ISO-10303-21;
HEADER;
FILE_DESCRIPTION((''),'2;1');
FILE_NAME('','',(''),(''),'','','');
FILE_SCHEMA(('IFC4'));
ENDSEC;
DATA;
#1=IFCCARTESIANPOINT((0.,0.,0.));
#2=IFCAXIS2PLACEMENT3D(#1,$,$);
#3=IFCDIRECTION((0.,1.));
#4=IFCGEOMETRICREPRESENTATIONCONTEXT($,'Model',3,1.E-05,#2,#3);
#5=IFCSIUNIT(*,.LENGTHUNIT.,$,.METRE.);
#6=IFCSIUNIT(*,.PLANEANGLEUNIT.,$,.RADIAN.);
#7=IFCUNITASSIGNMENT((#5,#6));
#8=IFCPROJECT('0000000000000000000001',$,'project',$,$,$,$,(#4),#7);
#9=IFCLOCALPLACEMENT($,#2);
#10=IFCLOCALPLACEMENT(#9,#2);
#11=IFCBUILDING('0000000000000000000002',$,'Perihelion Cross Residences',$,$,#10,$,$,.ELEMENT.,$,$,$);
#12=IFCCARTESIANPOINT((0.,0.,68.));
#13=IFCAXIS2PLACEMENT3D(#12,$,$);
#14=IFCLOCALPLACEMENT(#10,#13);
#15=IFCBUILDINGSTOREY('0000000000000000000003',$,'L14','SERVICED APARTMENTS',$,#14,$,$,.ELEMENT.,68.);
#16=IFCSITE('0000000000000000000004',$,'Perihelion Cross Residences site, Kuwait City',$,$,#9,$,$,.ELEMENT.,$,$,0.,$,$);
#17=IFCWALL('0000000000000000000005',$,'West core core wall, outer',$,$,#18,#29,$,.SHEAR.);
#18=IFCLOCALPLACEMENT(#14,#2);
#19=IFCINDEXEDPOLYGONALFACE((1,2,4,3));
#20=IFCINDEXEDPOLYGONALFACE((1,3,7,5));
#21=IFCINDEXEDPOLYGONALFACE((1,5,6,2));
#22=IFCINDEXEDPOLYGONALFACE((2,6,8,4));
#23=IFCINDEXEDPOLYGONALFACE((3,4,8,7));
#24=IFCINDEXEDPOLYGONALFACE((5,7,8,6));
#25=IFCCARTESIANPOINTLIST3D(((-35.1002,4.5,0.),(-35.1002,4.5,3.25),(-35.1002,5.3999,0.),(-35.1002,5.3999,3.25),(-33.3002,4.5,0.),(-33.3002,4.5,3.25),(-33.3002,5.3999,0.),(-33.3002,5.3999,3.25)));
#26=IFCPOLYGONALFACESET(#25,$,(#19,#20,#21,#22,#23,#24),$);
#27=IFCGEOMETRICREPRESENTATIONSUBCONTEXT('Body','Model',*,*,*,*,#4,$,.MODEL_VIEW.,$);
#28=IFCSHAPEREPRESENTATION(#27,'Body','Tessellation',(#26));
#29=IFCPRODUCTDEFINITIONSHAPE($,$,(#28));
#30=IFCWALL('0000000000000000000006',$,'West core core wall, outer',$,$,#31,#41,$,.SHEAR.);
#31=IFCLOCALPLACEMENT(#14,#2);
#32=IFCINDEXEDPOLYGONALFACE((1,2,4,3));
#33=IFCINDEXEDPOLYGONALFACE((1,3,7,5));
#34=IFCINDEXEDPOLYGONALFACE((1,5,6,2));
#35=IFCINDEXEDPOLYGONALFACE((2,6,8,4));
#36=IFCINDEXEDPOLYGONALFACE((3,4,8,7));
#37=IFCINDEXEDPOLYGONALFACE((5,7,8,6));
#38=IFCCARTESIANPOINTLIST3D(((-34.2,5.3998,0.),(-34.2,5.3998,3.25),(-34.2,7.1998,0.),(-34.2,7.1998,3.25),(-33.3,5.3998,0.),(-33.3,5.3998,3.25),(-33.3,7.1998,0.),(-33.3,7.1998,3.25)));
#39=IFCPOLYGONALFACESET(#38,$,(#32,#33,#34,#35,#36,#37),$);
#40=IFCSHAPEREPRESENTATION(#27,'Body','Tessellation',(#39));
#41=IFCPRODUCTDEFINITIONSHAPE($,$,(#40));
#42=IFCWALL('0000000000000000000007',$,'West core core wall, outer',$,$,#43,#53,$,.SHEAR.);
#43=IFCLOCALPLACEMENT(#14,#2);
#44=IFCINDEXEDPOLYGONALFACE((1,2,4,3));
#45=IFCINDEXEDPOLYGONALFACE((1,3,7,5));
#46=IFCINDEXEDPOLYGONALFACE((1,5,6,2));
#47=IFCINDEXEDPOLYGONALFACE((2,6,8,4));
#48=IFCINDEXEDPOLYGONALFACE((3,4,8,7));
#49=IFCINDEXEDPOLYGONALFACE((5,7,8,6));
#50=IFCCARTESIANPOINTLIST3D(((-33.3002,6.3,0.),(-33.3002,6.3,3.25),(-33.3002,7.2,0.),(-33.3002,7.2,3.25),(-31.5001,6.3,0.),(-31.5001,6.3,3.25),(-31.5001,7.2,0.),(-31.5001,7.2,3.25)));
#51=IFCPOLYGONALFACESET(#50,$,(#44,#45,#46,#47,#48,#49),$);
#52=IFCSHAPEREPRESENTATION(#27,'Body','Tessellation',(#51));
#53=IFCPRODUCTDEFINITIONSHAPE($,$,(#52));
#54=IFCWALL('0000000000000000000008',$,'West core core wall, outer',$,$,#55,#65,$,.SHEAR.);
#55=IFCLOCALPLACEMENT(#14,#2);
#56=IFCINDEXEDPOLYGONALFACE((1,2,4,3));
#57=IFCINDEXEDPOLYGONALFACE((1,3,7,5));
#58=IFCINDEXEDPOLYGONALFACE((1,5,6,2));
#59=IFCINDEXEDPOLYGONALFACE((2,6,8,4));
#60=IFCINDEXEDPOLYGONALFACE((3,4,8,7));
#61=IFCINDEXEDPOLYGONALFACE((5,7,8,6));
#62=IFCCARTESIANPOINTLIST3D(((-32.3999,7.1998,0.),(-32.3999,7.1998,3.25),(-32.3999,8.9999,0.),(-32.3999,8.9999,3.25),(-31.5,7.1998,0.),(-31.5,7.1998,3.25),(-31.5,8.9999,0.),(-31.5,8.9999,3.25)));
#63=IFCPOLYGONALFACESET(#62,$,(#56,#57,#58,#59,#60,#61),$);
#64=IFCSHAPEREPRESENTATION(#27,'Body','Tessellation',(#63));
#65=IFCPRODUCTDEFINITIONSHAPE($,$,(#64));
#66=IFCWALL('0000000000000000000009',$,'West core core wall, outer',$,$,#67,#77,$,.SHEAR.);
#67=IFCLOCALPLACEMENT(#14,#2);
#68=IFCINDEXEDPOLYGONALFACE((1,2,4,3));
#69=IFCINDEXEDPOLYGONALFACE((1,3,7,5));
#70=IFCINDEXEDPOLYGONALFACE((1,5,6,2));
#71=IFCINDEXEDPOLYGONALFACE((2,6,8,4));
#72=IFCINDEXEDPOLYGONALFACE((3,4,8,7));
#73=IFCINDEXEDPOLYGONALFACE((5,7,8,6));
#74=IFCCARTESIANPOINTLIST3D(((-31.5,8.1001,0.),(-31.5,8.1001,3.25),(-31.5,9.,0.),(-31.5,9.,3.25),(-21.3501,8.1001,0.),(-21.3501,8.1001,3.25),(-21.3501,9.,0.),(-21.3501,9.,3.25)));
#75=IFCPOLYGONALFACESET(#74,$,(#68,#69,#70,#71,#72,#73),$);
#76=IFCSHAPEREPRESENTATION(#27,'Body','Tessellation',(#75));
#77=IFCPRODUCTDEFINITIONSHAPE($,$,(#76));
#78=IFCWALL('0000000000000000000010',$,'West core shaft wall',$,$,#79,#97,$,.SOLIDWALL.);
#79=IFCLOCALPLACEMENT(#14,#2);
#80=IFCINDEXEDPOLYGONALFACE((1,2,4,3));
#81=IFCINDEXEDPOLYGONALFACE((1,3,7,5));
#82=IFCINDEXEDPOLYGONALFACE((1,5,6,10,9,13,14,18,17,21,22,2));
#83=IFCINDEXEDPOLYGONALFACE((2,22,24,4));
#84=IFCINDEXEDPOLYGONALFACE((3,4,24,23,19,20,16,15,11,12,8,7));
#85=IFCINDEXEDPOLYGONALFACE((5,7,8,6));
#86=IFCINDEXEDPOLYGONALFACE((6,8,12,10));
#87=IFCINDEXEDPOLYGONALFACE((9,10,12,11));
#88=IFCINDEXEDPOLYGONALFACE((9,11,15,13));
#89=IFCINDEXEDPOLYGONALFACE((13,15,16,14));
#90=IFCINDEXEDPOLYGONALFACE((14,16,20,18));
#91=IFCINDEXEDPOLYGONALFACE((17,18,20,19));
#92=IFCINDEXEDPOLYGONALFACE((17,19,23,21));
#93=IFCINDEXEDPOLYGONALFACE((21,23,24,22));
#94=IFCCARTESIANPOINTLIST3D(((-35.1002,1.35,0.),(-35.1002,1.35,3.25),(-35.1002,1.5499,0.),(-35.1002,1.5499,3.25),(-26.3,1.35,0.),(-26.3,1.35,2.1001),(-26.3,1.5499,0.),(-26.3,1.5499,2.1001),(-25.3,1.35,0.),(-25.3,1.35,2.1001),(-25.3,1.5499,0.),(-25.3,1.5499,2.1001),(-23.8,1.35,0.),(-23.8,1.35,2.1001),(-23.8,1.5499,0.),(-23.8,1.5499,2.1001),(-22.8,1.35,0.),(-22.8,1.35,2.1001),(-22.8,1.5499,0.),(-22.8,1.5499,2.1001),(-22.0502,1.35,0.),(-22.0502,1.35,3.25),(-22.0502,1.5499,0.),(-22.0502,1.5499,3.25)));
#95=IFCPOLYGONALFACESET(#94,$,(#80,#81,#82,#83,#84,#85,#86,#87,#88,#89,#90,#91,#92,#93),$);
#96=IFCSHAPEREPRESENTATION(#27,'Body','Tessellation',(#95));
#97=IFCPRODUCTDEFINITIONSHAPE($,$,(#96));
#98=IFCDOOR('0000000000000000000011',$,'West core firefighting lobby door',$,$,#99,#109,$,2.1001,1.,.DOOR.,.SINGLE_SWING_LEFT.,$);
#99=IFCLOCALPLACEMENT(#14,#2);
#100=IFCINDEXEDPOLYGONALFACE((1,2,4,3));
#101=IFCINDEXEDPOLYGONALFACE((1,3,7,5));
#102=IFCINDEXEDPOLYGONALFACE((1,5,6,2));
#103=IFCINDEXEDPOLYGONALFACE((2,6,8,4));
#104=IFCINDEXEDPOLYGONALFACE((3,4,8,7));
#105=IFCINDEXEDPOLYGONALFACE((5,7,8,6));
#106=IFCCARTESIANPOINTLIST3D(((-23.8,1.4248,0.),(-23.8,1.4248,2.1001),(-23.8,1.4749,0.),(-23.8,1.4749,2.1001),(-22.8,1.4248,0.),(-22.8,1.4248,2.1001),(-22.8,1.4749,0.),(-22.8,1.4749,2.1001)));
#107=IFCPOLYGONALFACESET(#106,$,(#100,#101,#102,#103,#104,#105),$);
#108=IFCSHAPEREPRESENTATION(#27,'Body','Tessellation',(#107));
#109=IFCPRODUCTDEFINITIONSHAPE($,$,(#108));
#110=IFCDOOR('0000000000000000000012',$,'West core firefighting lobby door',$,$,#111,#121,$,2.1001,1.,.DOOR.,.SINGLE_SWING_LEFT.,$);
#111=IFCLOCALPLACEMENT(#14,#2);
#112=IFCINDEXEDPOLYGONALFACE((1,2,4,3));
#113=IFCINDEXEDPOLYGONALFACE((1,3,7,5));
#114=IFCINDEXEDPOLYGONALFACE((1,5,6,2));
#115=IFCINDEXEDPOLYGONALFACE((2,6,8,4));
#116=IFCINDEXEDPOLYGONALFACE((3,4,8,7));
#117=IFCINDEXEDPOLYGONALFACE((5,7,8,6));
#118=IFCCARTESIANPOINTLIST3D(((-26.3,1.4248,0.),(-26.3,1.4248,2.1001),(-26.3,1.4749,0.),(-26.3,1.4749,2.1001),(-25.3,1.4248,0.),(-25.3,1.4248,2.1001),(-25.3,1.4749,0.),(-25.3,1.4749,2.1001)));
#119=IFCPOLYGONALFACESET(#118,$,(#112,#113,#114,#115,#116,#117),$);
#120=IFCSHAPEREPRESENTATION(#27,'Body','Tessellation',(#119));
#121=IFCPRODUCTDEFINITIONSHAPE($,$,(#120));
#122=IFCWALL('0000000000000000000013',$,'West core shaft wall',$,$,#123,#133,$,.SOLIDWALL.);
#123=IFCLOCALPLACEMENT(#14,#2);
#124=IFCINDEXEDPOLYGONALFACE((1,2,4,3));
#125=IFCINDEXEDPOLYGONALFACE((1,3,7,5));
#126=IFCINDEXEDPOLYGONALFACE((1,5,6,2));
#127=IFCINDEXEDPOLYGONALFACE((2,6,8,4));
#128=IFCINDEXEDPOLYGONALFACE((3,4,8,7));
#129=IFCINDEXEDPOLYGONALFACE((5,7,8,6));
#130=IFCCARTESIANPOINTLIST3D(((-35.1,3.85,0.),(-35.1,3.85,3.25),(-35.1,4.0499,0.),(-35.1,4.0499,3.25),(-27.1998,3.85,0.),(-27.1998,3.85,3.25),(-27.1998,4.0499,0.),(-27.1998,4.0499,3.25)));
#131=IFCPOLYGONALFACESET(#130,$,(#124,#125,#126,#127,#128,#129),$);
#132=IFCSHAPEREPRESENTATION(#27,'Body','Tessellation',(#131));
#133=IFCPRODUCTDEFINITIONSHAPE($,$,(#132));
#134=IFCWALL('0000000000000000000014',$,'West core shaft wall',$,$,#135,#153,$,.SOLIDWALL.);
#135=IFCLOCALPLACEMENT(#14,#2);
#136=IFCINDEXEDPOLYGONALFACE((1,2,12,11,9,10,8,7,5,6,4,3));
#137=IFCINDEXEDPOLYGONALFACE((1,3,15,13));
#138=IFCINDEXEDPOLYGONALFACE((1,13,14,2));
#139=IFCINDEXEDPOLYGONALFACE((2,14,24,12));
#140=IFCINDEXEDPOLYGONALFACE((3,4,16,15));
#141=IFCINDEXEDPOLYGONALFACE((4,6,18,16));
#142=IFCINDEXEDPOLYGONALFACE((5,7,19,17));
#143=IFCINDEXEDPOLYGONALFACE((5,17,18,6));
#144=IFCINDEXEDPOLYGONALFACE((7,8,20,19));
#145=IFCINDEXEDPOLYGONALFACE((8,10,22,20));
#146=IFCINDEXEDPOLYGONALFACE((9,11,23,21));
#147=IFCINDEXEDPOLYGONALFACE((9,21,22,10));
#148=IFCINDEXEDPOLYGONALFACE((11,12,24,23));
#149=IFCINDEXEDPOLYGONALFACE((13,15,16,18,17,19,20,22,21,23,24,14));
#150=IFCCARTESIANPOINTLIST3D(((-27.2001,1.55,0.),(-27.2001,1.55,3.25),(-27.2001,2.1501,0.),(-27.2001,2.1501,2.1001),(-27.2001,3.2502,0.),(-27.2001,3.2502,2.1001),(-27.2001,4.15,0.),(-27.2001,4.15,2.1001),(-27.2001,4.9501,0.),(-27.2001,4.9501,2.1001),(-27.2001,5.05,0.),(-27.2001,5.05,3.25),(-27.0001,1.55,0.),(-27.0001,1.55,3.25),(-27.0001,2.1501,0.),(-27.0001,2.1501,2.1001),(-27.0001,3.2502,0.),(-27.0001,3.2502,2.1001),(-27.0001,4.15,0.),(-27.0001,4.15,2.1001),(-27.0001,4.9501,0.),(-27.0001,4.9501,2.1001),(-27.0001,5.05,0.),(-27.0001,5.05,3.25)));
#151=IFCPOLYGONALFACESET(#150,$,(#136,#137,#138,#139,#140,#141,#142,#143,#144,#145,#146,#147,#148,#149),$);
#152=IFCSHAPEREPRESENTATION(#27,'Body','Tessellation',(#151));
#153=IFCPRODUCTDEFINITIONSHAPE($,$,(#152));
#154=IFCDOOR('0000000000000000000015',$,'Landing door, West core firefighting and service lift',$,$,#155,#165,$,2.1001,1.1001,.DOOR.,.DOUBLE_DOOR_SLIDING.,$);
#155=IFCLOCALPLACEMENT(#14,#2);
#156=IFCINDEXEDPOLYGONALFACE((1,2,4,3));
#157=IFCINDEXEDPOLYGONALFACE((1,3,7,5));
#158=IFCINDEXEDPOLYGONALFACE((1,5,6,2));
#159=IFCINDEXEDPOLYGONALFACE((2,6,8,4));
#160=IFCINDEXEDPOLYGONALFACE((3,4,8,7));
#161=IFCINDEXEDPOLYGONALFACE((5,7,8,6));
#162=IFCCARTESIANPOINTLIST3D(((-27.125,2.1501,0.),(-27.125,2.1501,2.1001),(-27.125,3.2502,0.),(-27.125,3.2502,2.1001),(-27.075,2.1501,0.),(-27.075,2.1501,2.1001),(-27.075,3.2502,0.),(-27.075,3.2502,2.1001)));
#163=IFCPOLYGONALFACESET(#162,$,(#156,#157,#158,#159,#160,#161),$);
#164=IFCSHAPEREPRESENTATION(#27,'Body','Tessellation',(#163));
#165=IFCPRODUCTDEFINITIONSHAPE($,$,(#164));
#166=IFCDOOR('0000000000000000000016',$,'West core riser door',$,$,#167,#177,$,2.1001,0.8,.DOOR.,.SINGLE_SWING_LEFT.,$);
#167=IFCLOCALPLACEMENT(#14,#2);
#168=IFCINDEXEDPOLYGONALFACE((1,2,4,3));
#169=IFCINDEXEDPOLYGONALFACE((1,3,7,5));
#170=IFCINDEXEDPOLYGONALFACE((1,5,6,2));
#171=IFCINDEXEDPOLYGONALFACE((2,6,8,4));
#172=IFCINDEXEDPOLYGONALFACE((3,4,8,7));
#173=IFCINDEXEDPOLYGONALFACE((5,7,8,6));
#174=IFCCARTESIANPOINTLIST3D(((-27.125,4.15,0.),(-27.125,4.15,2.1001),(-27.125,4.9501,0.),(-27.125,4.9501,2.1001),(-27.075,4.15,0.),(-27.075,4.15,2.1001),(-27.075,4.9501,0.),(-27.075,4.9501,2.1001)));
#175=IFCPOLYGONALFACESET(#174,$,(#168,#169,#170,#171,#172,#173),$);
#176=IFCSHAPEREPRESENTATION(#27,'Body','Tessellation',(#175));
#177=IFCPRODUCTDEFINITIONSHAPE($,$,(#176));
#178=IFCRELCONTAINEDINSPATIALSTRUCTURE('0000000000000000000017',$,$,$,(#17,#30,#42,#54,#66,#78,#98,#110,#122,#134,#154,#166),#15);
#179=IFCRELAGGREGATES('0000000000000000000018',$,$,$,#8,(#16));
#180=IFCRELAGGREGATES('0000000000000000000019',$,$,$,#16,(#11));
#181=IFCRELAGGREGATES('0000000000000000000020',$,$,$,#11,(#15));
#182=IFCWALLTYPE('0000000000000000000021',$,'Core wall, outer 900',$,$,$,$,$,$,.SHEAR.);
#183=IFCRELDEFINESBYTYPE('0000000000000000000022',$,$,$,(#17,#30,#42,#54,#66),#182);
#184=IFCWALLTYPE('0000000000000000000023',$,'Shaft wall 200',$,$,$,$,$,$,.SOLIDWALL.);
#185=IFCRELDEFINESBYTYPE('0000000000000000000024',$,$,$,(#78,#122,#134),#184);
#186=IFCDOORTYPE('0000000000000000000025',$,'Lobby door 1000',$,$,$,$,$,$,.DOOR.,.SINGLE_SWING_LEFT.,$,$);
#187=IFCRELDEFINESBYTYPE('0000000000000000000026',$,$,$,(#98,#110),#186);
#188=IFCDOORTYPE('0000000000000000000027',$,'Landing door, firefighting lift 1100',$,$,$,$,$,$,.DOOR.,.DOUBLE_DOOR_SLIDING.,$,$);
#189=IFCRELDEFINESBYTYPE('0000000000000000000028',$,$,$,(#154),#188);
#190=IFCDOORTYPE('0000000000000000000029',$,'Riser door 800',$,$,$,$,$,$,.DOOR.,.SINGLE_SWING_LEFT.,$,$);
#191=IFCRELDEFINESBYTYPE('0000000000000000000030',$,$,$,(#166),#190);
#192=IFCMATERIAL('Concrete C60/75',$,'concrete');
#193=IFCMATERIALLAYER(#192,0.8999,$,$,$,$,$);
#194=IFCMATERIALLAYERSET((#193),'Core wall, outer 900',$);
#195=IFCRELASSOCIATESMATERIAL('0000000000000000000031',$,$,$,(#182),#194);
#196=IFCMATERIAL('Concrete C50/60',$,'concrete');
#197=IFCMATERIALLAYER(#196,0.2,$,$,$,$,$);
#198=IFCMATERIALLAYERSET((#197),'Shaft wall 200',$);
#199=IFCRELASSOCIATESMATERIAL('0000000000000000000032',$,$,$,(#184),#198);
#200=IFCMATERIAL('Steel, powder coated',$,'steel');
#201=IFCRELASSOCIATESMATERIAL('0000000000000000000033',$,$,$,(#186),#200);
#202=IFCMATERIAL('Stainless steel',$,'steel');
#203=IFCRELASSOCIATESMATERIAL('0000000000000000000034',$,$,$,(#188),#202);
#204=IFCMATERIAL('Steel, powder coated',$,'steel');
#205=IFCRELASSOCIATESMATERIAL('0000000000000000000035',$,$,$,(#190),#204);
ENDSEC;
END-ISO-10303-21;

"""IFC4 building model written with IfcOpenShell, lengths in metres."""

from ifc_helpers import new_model, si_unit, direction, frame, frame_2d, origin, place, context, subcontext, project, spatial, rectangle, extrude, material, layer, layer_set, type_object, element, fill, save


model = new_model("IFC4")

# Units and contexts
model_context = context("Model", 3, precision=1e-05, world=origin(), true_north=direction((0.0, 1.0)))
body_context = subcontext(model_context, "Body", "Model", "MODEL_VIEW")
ifc_project = project(units=[si_unit("LENGTHUNIT", "METRE"), si_unit("PLANEANGLEUNIT", "RADIAN")], contexts=[model_context])

# Site, building, storey
site_placement = place(None, origin())
site = spatial("IfcSite", under=ifc_project, at=site_placement, Name="Perihelion Cross Residences site, Kuwait City", CompositionType="ELEMENT", RefElevation=0.0)
building_placement = place(site_placement, origin())
building = spatial("IfcBuilding", under=site, at=building_placement, Name="Perihelion Cross Residences", CompositionType="ELEMENT")
storey_placement = place(building_placement, frame((0.0, 0.0, 68.0)))
storey = spatial("IfcBuildingStorey", under=building, at=storey_placement, Name="L14", Description="SERVICED APARTMENTS", CompositionType="ELEMENT", Elevation=68.0)

# Walls
ifc_material_1 = material(Name="Concrete C60/75", Category="concrete")
ifc_layer_1 = layer(ifc_material_1, 0.8999)
ifc_layer_set_1 = layer_set([ifc_layer_1], Name="Core wall, outer 900")
wall_type_1 = type_object("IfcWallType", Name="Core wall, outer 900", PredefinedType="SHEAR", material=ifc_layer_set_1)
for number, where, z_axis, x_axis, name in (
    (1, (-35.1001, 4.95, 0.0), (0.0, 0.0, 1.0), (1.0, 0.0, 0.0), "West core core wall, outer"),
    (2, (-33.75, 5.3999, 0.0), (0.0, 0.0, 1.0), (0.0, 1.0, 0.0), "West core core wall, outer"),
    (3, (-33.3, 6.75, 0.0), (0.0, 0.0, 1.0), (1.0, 0.0, 0.0), "West core core wall, outer"),
    (4, (-31.95, 7.2, 0.0), (0.0, 0.0, 1.0), (0.0, 1.0, 0.0), "West core core wall, outer"),
):
    element("IfcWall", number, at=place(storey_placement, frame(where, z_axis=z_axis, x_axis=x_axis)), inside=storey, type_object=wall_type_1, Name=name, PredefinedType="SHEAR", context=body_context, shape_type="SweptSolid", body=[
        extrude(rectangle(XDim=1.8, YDim=0.8999, at=frame_2d((0.8999, 0.0))), origin(), (0.0, 0.0, 1.0), 3.25),
    ])
wall_1_placement = place(storey_placement, frame((-31.5, 8.55, 0.0), z_axis=(0.0, 0.0, 1.0), x_axis=(1.0, 0.0, 0.0)))
element("IfcWall", 5, at=wall_1_placement, inside=storey, type_object=wall_type_1, Name="West core core wall, outer", PredefinedType="SHEAR", context=body_context, shape_type="SweptSolid", body=[
    extrude(rectangle(XDim=10.1499, YDim=0.8999, at=frame_2d((5.075, 0.0))), origin(), (0.0, 0.0, 1.0), 3.25),
])

# Wall, openings, doors
ifc_material_2 = material(Name="Concrete C50/60", Category="concrete")
ifc_layer_2 = layer(ifc_material_2, 0.2)
ifc_layer_set_2 = layer_set([ifc_layer_2], Name="Shaft wall 200")
wall_type_2 = type_object("IfcWallType", Name="Shaft wall 200", PredefinedType="SOLIDWALL", material=ifc_layer_set_2)
wall_2_placement = place(storey_placement, frame((-35.1001, 1.45, 0.0), z_axis=(0.0, 0.0, 1.0), x_axis=(1.0, 0.0, 0.0)))
wall_2 = element("IfcWall", 6, at=wall_2_placement, inside=storey, type_object=wall_type_2, Name="West core shaft wall", PredefinedType="SOLIDWALL", context=body_context, shape_type="SweptSolid", body=[
    extrude(rectangle(XDim=13.05, YDim=0.2, at=frame_2d((6.5249, 0.0))), origin(), (0.0, 0.0, 1.0), 3.25),
])
opening_1_placement = place(wall_2_placement, frame((11.3, 0.0, 0.0)))
opening_1 = element("IfcOpeningElement", 7, at=opening_1_placement, cuts=wall_2, PredefinedType="OPENING", context=body_context, shape_type="SweptSolid", body=[
    extrude(rectangle(XDim=1.0, YDim=2.1001, at=frame_2d((0.5, 1.05))), frame((0.0, 0.1099, 0.0), z_axis=(0.0, -1.0, 0.0), x_axis=(1.0, 0.0, 0.0)), (0.0, 0.0, 1.0), 0.22),
])
opening_2_placement = place(wall_2_placement, frame((8.8, 0.0, 0.0)))
opening_2 = element("IfcOpeningElement", 8, at=opening_2_placement, cuts=wall_2, PredefinedType="OPENING", context=body_context, shape_type="SweptSolid", body=[
    extrude(rectangle(XDim=1.0, YDim=2.1001, at=frame_2d((0.5, 1.05))), frame((0.0, 0.1099, 0.0), z_axis=(0.0, -1.0, 0.0), x_axis=(1.0, 0.0, 0.0)), (0.0, 0.0, 1.0), 0.22),
])
ifc_material_3 = material(Name="Steel, powder coated", Category="steel")
door_type_1 = type_object("IfcDoorType", Name="Lobby door 1000", OperationType="SINGLE_SWING_LEFT", PredefinedType="DOOR", material=ifc_material_3)
door_1_placement = place(opening_1_placement, origin())
door_1 = element("IfcDoor", 9, at=door_1_placement, inside=storey, type_object=door_type_1, Name="West core firefighting lobby door", OperationType="SINGLE_SWING_LEFT", OverallHeight=2.1001, OverallWidth=1.0, PredefinedType="DOOR", context=body_context, shape_type="SweptSolid", body=[
    extrude(rectangle(XDim=1.0, YDim=2.1001, at=frame_2d((0.5, 1.05))), frame((0.0, 0.0249, 0.0), z_axis=(0.0, -1.0, 0.0), x_axis=(1.0, 0.0, 0.0)), (0.0, 0.0, 1.0), 0.05),
])
fill(opening_1, door_1)
door_2_placement = place(opening_2_placement, origin())
door_2 = element("IfcDoor", 10, at=door_2_placement, inside=storey, type_object=door_type_1, Name="West core firefighting lobby door", OperationType="SINGLE_SWING_LEFT", OverallHeight=2.1001, OverallWidth=1.0, PredefinedType="DOOR", context=body_context, shape_type="SweptSolid", body=[
    extrude(rectangle(XDim=1.0, YDim=2.1001, at=frame_2d((0.5, 1.05))), frame((0.0, 0.0249, 0.0), z_axis=(0.0, -1.0, 0.0), x_axis=(1.0, 0.0, 0.0)), (0.0, 0.0, 1.0), 0.05),
])
fill(opening_2, door_2)

# Wall
wall_3_placement = place(storey_placement, frame((-35.1001, 3.95, 0.0), z_axis=(0.0, 0.0, 1.0), x_axis=(1.0, 0.0, 0.0)))
element("IfcWall", 11, at=wall_3_placement, inside=storey, type_object=wall_type_2, Name="West core shaft wall", PredefinedType="SOLIDWALL", context=body_context, shape_type="SweptSolid", body=[
    extrude(rectangle(XDim=7.9001, YDim=0.2, at=frame_2d((3.9502, 0.0))), origin(), (0.0, 0.0, 1.0), 3.25),
])

# Wall, openings, doors
wall_4_placement = place(storey_placement, frame((-27.1001, 1.55, 0.0), z_axis=(0.0, 0.0, 1.0), x_axis=(0.0, 1.0, 0.0)))
wall_4 = element("IfcWall", 12, at=wall_4_placement, inside=storey, type_object=wall_type_2, Name="West core shaft wall", PredefinedType="SOLIDWALL", context=body_context, shape_type="SweptSolid", body=[
    extrude(rectangle(XDim=3.5, YDim=0.2, at=frame_2d((1.75, 0.0))), origin(), (0.0, 0.0, 1.0), 3.25),
])
opening_3_placement = place(wall_4_placement, frame((0.6001, 0.0, 0.0)))
opening_3 = element("IfcOpeningElement", 13, at=opening_3_placement, cuts=wall_4, PredefinedType="OPENING", context=body_context, shape_type="SweptSolid", body=[
    extrude(rectangle(XDim=1.1001, YDim=2.1001, at=frame_2d((0.55, 1.05))), frame((0.0, 0.1099, 0.0), z_axis=(0.0, -1.0, 0.0), x_axis=(1.0, 0.0, 0.0)), (0.0, 0.0, 1.0), 0.22),
])
opening_4_placement = place(wall_4_placement, frame((2.6001, 0.0, 0.0)))
opening_4 = element("IfcOpeningElement", 14, at=opening_4_placement, cuts=wall_4, PredefinedType="OPENING", context=body_context, shape_type="SweptSolid", body=[
    extrude(rectangle(XDim=0.8, YDim=2.1001, at=frame_2d((0.3999, 1.05))), frame((0.0, 0.1099, 0.0), z_axis=(0.0, -1.0, 0.0), x_axis=(1.0, 0.0, 0.0)), (0.0, 0.0, 1.0), 0.22),
])
ifc_material_4 = material(Name="Stainless steel", Category="steel")
door_type_2 = type_object("IfcDoorType", Name="Landing door, firefighting lift 1100", OperationType="DOUBLE_DOOR_SLIDING", PredefinedType="DOOR", material=ifc_material_4)
door_3_placement = place(opening_3_placement, origin())
door_3 = element("IfcDoor", 15, at=door_3_placement, inside=storey, type_object=door_type_2, Name="Landing door, West core firefighting and service lift", OperationType="DOUBLE_DOOR_SLIDING", OverallHeight=2.1001, OverallWidth=1.1001, PredefinedType="DOOR", context=body_context, shape_type="SweptSolid", body=[
    extrude(rectangle(XDim=1.1001, YDim=2.1001, at=frame_2d((0.55, 1.05))), frame((0.0, 0.0249, 0.0), z_axis=(0.0, -1.0, 0.0), x_axis=(1.0, 0.0, 0.0)), (0.0, 0.0, 1.0), 0.05),
])
fill(opening_3, door_3)
ifc_material_5 = material(Name="Steel, powder coated", Category="steel")
door_type_3 = type_object("IfcDoorType", Name="Riser door 800", OperationType="SINGLE_SWING_LEFT", PredefinedType="DOOR", material=ifc_material_5)
door_4_placement = place(opening_4_placement, origin())
door_4 = element("IfcDoor", 16, at=door_4_placement, inside=storey, type_object=door_type_3, Name="West core riser door", OperationType="SINGLE_SWING_LEFT", OverallHeight=2.1001, OverallWidth=0.8, PredefinedType="DOOR", context=body_context, shape_type="SweptSolid", body=[
    extrude(rectangle(XDim=0.8, YDim=2.1001, at=frame_2d((0.3999, 1.05))), frame((0.0, 0.0249, 0.0), z_axis=(0.0, -1.0, 0.0), x_axis=(1.0, 0.0, 0.0)), (0.0, 0.0, 1.0), 0.05),
])
fill(opening_4, door_4)

save(model, "model.ifc")
